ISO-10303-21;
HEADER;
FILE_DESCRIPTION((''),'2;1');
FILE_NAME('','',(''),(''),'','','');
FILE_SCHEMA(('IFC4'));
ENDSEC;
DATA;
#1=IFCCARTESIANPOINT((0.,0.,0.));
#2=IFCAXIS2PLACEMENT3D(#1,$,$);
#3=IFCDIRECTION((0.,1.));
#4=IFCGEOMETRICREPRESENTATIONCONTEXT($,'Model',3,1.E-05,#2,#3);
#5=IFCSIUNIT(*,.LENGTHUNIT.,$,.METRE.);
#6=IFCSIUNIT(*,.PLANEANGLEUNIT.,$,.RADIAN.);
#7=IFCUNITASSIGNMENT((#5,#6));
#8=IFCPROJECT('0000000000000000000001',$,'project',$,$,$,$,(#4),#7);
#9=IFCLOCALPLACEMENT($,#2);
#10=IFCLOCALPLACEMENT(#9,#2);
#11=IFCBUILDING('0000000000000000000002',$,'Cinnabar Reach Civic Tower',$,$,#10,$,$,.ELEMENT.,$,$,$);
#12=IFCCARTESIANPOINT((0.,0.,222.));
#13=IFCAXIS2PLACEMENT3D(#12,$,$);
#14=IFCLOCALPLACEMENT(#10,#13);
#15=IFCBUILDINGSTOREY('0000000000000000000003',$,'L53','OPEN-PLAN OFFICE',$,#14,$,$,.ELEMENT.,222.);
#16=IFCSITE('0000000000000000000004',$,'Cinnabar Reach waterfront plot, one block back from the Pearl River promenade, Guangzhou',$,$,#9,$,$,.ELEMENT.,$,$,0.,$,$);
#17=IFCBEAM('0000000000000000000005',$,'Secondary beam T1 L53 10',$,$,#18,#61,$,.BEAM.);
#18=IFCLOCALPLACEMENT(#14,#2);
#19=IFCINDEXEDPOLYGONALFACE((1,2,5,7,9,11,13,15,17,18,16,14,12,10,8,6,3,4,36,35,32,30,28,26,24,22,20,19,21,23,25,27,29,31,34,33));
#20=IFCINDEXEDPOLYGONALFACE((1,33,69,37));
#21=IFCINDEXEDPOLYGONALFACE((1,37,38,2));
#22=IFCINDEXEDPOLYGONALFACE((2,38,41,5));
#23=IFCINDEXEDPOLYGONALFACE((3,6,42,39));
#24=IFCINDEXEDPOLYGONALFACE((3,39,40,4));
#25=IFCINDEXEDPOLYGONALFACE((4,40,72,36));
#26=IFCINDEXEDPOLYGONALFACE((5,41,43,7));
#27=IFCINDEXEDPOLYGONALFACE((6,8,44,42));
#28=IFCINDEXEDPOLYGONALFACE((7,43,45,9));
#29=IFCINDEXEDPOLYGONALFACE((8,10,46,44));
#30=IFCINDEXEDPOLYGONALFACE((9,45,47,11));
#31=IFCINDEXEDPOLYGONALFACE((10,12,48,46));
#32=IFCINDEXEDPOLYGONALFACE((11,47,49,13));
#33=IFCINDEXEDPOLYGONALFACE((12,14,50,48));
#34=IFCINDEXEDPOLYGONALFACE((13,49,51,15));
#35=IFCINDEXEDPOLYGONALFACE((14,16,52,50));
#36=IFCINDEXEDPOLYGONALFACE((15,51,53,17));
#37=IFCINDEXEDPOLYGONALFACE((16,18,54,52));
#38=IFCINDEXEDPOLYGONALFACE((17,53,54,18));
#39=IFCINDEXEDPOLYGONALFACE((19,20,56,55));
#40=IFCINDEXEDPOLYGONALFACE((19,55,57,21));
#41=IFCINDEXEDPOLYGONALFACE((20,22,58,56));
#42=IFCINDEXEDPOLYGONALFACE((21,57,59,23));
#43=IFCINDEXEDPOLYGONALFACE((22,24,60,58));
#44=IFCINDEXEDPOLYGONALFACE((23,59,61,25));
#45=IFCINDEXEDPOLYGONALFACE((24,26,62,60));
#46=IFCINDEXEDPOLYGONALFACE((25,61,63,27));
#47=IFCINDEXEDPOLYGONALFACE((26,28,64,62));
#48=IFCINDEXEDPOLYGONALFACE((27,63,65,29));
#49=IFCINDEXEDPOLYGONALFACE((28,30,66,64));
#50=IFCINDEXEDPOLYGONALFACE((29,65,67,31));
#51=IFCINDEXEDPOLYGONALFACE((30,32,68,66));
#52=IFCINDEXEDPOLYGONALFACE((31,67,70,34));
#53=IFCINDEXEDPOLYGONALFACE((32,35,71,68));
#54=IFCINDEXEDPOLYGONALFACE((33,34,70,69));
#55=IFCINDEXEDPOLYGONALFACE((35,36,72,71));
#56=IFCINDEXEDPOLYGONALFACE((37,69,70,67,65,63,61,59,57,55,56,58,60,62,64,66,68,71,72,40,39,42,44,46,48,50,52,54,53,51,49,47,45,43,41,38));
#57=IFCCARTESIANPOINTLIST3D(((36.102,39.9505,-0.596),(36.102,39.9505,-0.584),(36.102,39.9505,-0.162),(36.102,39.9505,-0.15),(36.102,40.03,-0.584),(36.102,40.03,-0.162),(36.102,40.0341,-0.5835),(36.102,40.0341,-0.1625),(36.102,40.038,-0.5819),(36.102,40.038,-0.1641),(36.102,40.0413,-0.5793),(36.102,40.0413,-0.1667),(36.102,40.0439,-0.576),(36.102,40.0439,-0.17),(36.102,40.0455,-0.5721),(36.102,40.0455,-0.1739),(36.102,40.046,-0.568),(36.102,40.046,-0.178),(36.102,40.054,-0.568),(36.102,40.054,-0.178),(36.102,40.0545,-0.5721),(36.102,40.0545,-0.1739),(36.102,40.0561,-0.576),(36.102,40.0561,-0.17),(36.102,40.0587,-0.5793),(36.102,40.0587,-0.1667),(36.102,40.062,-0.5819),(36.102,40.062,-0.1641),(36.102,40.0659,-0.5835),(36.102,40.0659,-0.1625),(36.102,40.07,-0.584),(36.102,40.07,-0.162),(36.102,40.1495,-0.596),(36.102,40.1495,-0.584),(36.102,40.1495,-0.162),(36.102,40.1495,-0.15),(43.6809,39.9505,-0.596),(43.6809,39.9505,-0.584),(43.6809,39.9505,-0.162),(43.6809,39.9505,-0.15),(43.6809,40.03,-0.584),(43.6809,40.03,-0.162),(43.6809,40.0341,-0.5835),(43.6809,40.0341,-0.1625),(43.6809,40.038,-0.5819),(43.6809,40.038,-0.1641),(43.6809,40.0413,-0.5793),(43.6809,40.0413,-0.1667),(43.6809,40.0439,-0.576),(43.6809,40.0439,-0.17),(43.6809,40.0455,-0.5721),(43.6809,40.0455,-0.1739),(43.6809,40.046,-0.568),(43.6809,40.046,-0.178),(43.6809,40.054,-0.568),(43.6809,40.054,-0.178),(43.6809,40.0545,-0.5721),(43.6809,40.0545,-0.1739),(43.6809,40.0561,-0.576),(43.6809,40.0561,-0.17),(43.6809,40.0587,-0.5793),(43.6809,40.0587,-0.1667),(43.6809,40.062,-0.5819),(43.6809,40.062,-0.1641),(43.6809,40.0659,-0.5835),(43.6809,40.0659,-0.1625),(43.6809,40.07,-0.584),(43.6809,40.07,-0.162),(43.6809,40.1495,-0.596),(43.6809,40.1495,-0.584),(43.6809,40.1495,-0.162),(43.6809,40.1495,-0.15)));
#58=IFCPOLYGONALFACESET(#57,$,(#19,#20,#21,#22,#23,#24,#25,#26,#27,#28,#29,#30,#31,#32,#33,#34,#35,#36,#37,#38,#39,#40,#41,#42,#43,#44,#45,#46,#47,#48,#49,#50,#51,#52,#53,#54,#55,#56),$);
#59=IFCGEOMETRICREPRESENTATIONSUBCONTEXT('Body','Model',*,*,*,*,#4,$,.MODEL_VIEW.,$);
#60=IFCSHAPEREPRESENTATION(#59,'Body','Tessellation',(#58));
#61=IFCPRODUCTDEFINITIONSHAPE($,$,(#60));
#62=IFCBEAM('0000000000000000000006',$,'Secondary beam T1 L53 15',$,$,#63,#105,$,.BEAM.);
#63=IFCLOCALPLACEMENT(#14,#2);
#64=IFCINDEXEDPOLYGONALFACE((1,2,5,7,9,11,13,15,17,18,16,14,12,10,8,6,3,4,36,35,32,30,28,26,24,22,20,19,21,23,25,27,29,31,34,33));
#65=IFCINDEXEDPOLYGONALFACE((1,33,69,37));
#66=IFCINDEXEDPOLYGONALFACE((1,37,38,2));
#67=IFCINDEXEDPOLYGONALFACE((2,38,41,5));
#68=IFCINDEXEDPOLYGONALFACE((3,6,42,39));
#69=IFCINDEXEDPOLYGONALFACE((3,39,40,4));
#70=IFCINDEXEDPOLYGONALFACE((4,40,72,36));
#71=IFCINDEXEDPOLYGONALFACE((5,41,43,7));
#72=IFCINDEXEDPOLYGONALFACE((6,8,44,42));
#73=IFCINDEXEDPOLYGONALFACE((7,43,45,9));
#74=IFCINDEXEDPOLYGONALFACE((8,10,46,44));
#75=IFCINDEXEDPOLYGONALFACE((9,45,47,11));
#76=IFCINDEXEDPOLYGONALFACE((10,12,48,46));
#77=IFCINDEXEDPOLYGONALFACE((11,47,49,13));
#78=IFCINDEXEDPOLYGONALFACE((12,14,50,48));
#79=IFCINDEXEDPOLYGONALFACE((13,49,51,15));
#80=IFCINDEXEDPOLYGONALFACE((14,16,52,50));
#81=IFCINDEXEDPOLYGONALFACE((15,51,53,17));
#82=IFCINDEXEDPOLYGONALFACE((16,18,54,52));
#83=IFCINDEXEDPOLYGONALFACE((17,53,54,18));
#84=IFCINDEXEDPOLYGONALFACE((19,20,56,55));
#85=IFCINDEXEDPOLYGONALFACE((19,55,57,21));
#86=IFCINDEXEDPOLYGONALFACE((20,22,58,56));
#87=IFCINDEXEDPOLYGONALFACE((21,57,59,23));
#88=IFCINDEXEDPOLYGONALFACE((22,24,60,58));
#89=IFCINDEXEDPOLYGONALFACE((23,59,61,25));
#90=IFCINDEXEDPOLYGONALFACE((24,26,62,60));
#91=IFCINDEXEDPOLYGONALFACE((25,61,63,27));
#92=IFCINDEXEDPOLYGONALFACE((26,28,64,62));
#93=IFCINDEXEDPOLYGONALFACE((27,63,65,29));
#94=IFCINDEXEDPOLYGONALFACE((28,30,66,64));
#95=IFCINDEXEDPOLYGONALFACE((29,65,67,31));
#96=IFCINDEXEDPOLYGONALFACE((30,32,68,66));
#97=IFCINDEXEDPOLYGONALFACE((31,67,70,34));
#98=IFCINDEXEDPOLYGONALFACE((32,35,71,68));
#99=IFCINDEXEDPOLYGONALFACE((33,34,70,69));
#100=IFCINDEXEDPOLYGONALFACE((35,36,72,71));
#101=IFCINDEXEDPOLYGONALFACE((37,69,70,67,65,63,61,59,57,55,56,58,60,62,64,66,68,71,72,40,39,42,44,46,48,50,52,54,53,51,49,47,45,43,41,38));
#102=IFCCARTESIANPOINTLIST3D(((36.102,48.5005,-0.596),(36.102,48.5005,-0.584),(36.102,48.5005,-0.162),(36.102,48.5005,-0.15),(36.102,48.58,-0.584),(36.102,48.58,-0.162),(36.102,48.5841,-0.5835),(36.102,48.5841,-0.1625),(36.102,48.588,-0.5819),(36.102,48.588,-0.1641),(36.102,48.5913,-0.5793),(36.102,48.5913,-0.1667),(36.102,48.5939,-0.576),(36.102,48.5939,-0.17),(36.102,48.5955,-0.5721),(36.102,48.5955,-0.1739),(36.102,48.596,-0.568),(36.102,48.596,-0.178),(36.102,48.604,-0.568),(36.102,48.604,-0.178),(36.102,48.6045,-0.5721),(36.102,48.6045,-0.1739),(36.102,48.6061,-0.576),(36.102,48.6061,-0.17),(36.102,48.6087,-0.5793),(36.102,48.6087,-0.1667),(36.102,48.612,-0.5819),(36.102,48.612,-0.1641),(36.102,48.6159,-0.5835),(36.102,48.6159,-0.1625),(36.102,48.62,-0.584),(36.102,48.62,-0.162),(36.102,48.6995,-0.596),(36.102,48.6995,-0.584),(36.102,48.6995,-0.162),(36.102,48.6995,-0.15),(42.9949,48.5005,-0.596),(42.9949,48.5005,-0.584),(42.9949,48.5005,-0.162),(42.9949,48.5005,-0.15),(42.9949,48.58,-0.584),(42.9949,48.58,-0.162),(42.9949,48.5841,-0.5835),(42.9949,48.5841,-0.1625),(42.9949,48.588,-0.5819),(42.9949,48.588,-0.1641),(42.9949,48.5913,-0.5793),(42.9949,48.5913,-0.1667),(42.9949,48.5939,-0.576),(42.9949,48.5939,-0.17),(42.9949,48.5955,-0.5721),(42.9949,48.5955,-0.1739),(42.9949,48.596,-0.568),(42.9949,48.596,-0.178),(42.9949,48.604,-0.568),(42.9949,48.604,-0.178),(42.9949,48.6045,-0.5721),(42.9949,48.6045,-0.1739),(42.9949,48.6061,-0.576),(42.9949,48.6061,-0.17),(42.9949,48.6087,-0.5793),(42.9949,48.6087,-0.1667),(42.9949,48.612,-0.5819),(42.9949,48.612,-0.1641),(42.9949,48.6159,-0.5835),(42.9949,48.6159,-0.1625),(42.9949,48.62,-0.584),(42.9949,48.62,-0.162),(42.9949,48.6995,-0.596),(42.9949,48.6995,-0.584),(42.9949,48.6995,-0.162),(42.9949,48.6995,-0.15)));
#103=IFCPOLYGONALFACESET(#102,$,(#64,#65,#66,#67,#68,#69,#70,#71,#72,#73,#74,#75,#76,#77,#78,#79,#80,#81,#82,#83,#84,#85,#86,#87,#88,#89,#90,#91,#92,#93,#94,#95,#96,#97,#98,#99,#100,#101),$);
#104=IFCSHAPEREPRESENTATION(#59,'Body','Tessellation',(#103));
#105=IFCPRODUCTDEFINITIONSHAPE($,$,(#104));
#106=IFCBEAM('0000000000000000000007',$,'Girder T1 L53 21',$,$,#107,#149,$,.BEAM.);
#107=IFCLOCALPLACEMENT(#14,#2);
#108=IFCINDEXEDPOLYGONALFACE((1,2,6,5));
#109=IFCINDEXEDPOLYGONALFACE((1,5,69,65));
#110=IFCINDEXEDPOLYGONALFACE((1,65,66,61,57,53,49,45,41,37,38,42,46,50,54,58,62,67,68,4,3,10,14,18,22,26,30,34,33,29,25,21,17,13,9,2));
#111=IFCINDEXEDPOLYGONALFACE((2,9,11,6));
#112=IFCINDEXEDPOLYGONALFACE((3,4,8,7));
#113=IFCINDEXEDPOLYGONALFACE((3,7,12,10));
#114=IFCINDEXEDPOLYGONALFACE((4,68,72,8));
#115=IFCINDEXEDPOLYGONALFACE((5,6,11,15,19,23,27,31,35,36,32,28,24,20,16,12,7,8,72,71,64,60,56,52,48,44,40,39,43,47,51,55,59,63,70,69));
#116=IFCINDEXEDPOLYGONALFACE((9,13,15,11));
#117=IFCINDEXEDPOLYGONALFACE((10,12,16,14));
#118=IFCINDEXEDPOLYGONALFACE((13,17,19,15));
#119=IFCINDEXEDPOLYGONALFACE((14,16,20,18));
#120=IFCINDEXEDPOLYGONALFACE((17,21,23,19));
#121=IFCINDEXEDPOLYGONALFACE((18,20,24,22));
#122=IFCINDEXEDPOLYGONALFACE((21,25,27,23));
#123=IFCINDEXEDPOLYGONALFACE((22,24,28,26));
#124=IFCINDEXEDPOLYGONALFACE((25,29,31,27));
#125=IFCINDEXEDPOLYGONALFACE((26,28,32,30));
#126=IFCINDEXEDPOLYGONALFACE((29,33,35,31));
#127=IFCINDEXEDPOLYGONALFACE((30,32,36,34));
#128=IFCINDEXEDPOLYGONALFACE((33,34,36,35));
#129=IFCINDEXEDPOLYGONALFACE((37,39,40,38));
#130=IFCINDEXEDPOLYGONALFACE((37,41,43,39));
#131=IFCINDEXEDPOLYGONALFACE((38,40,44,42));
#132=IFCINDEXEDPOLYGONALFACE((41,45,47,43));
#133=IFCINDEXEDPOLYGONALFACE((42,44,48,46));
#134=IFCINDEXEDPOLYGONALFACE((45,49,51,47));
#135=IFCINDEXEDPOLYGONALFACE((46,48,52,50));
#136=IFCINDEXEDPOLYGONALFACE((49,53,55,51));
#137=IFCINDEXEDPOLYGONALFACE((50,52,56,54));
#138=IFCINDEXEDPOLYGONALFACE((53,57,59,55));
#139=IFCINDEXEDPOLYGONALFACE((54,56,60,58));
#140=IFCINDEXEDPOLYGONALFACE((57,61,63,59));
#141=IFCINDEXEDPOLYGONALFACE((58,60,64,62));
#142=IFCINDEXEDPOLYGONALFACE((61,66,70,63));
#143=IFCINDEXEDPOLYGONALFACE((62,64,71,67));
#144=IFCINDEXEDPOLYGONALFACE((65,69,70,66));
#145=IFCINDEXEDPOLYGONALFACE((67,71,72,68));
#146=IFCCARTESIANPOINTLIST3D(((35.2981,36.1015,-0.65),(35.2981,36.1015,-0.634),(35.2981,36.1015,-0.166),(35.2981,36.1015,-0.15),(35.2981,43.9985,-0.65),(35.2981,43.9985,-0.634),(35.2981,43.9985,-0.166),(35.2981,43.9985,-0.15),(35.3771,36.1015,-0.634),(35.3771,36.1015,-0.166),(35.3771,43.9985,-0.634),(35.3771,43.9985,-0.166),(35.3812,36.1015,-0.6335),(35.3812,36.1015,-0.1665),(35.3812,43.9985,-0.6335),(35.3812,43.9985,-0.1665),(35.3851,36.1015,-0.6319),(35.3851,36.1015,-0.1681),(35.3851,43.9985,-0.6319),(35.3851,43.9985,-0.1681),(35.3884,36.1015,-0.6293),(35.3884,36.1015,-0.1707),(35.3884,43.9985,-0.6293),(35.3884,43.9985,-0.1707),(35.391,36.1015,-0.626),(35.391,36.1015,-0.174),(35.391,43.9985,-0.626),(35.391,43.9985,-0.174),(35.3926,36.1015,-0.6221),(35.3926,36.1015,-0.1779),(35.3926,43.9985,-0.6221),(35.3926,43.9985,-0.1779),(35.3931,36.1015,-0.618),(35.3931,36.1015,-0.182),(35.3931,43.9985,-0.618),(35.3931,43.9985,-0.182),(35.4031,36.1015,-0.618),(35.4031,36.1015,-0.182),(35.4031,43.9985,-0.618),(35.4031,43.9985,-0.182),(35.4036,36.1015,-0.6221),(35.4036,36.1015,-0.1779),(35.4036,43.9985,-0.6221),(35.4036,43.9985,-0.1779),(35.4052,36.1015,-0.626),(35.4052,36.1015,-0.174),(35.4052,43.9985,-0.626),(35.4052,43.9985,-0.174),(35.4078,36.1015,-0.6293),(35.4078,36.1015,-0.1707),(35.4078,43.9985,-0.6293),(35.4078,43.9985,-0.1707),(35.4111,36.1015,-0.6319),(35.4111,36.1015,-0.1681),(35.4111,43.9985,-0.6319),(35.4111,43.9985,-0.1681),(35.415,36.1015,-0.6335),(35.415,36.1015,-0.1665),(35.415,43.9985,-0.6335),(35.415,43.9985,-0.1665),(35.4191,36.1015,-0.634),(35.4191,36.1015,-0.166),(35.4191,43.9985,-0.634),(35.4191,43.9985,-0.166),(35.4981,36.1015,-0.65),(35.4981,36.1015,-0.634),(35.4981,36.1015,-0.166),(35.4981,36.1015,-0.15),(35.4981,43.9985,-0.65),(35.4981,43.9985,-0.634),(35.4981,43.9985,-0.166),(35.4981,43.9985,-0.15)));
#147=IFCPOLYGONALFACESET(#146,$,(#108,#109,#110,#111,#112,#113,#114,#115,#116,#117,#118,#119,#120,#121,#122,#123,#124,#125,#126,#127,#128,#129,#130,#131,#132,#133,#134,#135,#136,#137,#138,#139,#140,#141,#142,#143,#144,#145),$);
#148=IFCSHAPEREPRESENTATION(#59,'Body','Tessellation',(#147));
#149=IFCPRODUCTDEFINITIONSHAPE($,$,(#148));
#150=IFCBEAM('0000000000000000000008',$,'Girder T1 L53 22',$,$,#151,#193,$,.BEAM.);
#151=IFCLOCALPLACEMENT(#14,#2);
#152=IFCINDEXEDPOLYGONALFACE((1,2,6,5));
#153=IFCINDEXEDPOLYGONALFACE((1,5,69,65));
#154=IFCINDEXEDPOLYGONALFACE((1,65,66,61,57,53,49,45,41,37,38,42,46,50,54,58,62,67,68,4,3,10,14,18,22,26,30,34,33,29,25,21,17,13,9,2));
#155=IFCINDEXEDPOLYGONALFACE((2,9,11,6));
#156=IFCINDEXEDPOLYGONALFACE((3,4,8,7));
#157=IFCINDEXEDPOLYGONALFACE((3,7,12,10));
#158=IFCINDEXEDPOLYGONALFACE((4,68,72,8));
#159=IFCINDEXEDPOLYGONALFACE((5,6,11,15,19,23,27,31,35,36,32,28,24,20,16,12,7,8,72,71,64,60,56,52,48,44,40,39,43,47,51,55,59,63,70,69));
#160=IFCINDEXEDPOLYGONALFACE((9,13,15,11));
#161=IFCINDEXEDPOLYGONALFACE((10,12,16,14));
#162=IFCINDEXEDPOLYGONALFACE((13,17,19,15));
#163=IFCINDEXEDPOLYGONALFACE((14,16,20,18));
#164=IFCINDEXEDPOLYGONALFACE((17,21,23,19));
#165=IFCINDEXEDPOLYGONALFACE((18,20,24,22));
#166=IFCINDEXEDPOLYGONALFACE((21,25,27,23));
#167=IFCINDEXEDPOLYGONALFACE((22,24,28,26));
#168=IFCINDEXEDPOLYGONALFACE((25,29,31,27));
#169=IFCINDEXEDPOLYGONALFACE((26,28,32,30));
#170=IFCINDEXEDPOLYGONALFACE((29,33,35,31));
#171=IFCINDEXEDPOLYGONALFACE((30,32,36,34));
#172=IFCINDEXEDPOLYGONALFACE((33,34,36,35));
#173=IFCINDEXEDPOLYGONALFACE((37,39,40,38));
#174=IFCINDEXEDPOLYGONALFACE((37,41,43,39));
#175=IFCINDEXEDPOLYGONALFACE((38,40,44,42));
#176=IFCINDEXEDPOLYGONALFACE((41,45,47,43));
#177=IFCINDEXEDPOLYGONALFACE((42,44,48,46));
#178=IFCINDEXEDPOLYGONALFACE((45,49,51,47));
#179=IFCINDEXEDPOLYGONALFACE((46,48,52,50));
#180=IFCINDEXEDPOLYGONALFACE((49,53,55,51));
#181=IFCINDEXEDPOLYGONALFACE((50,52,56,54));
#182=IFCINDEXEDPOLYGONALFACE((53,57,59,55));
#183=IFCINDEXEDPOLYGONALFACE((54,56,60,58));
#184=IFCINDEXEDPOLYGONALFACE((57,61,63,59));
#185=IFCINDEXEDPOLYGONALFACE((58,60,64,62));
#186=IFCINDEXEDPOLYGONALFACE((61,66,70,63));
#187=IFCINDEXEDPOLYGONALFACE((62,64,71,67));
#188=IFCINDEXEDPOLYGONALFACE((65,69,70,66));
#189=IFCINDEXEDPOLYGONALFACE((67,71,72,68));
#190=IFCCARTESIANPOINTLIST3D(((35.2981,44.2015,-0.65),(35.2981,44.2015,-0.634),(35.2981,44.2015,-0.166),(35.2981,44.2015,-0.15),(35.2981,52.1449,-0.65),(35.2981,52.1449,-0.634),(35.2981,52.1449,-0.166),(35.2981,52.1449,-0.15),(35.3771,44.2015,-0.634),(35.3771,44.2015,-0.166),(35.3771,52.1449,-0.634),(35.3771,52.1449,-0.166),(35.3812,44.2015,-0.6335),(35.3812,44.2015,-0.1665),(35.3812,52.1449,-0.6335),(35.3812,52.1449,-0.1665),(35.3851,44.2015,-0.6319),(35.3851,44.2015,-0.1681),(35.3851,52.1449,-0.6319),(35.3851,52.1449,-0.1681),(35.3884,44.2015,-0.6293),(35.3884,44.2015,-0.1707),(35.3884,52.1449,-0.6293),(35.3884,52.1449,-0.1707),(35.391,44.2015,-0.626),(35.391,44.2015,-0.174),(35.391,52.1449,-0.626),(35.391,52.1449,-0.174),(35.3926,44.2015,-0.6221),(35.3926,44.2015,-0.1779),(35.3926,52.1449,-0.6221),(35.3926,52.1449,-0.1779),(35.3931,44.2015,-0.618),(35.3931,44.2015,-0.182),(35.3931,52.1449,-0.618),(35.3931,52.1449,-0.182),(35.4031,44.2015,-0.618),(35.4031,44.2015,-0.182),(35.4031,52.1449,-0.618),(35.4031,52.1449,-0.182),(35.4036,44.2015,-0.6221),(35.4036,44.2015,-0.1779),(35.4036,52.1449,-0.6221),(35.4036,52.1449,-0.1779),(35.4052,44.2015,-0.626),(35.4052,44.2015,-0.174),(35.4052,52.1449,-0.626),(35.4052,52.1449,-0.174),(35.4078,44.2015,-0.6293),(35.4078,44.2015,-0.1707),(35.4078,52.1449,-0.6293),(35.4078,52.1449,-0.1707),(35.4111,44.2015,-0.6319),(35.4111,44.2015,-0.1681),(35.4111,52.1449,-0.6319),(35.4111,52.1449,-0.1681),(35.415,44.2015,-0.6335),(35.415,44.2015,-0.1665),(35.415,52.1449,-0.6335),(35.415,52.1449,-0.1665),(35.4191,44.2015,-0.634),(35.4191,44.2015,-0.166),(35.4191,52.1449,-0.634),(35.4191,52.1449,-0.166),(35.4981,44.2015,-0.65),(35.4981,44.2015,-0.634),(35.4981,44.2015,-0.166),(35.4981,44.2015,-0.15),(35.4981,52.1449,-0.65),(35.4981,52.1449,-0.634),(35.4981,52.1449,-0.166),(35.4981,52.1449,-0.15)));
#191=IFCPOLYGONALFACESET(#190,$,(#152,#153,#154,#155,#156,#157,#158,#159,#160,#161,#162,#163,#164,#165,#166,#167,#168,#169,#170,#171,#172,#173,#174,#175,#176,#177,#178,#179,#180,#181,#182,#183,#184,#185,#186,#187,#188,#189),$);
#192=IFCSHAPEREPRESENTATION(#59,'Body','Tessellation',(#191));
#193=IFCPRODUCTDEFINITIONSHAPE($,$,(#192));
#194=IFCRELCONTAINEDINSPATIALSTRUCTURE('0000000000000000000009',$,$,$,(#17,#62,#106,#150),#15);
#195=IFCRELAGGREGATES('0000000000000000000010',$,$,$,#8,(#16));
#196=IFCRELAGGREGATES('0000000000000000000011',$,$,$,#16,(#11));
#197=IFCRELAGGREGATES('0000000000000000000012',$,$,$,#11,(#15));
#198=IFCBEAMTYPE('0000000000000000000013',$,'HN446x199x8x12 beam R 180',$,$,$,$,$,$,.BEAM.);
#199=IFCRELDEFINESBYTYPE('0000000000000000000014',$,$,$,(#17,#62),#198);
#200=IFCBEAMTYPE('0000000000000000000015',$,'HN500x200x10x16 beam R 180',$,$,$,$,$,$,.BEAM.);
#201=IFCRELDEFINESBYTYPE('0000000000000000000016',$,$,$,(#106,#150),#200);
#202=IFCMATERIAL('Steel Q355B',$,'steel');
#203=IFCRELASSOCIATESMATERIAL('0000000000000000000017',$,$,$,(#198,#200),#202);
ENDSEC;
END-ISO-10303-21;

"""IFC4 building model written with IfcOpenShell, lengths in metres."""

from ifc_helpers import new_model, si_unit, direction, frame, origin, origin_2d, place, context, subcontext, project, spatial, i_section, extrude, material, material_profile, profile_set, type_object, element, save


model = new_model("IFC4")

# Units and contexts
model_context = context("Model", 3, precision=1e-05, world=origin(), true_north=direction((0.0, 1.0)))
body_context = subcontext(model_context, "Body", "Model", "MODEL_VIEW")
ifc_project = project(units=[si_unit("LENGTHUNIT", "METRE"), si_unit("PLANEANGLEUNIT", "RADIAN")], contexts=[model_context])

# Site, building, storey
site_placement = place(None, origin())
site = spatial("IfcSite", under=ifc_project, at=site_placement, Name="Cinnabar Reach waterfront plot, one block back from the Pearl River promenade, Guangzhou", CompositionType="ELEMENT", RefElevation=0.0)
building_placement = place(site_placement, origin())
building = spatial("IfcBuilding", under=site, at=building_placement, Name="Cinnabar Reach Civic Tower", CompositionType="ELEMENT")
storey_placement = place(building_placement, frame((0.0, 0.0, 222.0)))
storey = spatial("IfcBuildingStorey", under=building, at=storey_placement, Name="L53", Description="OPEN-PLAN OFFICE", CompositionType="ELEMENT", Elevation=222.0)

# Beams
ifc_material_1 = material(Name="Steel Q355B", Category="steel")
ifc_material_profile_1 = material_profile(ifc_material_1, i_section(OverallWidth=0.199, OverallDepth=0.446, WebThickness=0.008, FlangeThickness=0.012, FilletRadius=0.016, at=origin_2d()), Name="HN446x199x8x12")
ifc_profile_set_1 = profile_set([ifc_material_profile_1], Name="Steel Q355B")
beam_type_1 = type_object("IfcBeamType", Name="HN446x199x8x12 beam R 180", PredefinedType="BEAM", material=ifc_profile_set_1)
beam_1_placement = place(storey_placement, frame((36.102, 40.05, -0.373), z_axis=(1.0, 0.0, 0.0), x_axis=(0.0, 1.0, 0.0)))
element("IfcBeam", 1, at=beam_1_placement, inside=storey, type_object=beam_type_1, Name="Secondary beam T1 L53 10", PredefinedType="BEAM", context=body_context, shape_type="SweptSolid", body=[
    extrude(i_section(OverallWidth=0.199, OverallDepth=0.446, WebThickness=0.008, FlangeThickness=0.012, FilletRadius=0.016, at=origin_2d()), origin(), (0.0, 0.0, 1.0), 7.5789),
])
beam_2_placement = place(storey_placement, frame((36.102, 48.6, -0.373), z_axis=(1.0, 0.0, 0.0), x_axis=(0.0, 1.0, 0.0)))
element("IfcBeam", 2, at=beam_2_placement, inside=storey, type_object=beam_type_1, Name="Secondary beam T1 L53 15", PredefinedType="BEAM", context=body_context, shape_type="SweptSolid", body=[
    extrude(i_section(OverallWidth=0.199, OverallDepth=0.446, WebThickness=0.008, FlangeThickness=0.012, FilletRadius=0.016, at=origin_2d()), origin(), (0.0, 0.0, 1.0), 6.8929),
])
ifc_material_profile_2 = material_profile(ifc_material_1, i_section(OverallWidth=0.2, OverallDepth=0.5, WebThickness=0.01, FlangeThickness=0.016, FilletRadius=0.016, at=origin_2d()), Name="HN500x200x10x16")
ifc_profile_set_2 = profile_set([ifc_material_profile_2], Name="Steel Q355B")
beam_type_2 = type_object("IfcBeamType", Name="HN500x200x10x16 beam R 180", PredefinedType="BEAM", material=ifc_profile_set_2)
beam_3_placement = place(storey_placement, frame((35.3981, 36.1015, -0.4), z_axis=(0.0, 1.0, 0.0), x_axis=(-1.0, 0.0, 0.0)))
element("IfcBeam", 3, at=beam_3_placement, inside=storey, type_object=beam_type_2, Name="Girder T1 L53 21", PredefinedType="BEAM", context=body_context, shape_type="SweptSolid", body=[
    extrude(i_section(OverallWidth=0.2, OverallDepth=0.5, WebThickness=0.01, FlangeThickness=0.016, FilletRadius=0.016, at=origin_2d()), origin(), (0.0, 0.0, 1.0), 7.897),
])
beam_4_placement = place(storey_placement, frame((35.3981, 44.2015, -0.4), z_axis=(0.0, 1.0, 0.0), x_axis=(-1.0, 0.0, 0.0)))
element("IfcBeam", 4, at=beam_4_placement, inside=storey, type_object=beam_type_2, Name="Girder T1 L53 22", PredefinedType="BEAM", context=body_context, shape_type="SweptSolid", body=[
    extrude(i_section(OverallWidth=0.2, OverallDepth=0.5, WebThickness=0.01, FlangeThickness=0.016, FilletRadius=0.016, at=origin_2d()), origin(), (0.0, 0.0, 1.0), 7.9434),
])

save(model, "model.ifc")
